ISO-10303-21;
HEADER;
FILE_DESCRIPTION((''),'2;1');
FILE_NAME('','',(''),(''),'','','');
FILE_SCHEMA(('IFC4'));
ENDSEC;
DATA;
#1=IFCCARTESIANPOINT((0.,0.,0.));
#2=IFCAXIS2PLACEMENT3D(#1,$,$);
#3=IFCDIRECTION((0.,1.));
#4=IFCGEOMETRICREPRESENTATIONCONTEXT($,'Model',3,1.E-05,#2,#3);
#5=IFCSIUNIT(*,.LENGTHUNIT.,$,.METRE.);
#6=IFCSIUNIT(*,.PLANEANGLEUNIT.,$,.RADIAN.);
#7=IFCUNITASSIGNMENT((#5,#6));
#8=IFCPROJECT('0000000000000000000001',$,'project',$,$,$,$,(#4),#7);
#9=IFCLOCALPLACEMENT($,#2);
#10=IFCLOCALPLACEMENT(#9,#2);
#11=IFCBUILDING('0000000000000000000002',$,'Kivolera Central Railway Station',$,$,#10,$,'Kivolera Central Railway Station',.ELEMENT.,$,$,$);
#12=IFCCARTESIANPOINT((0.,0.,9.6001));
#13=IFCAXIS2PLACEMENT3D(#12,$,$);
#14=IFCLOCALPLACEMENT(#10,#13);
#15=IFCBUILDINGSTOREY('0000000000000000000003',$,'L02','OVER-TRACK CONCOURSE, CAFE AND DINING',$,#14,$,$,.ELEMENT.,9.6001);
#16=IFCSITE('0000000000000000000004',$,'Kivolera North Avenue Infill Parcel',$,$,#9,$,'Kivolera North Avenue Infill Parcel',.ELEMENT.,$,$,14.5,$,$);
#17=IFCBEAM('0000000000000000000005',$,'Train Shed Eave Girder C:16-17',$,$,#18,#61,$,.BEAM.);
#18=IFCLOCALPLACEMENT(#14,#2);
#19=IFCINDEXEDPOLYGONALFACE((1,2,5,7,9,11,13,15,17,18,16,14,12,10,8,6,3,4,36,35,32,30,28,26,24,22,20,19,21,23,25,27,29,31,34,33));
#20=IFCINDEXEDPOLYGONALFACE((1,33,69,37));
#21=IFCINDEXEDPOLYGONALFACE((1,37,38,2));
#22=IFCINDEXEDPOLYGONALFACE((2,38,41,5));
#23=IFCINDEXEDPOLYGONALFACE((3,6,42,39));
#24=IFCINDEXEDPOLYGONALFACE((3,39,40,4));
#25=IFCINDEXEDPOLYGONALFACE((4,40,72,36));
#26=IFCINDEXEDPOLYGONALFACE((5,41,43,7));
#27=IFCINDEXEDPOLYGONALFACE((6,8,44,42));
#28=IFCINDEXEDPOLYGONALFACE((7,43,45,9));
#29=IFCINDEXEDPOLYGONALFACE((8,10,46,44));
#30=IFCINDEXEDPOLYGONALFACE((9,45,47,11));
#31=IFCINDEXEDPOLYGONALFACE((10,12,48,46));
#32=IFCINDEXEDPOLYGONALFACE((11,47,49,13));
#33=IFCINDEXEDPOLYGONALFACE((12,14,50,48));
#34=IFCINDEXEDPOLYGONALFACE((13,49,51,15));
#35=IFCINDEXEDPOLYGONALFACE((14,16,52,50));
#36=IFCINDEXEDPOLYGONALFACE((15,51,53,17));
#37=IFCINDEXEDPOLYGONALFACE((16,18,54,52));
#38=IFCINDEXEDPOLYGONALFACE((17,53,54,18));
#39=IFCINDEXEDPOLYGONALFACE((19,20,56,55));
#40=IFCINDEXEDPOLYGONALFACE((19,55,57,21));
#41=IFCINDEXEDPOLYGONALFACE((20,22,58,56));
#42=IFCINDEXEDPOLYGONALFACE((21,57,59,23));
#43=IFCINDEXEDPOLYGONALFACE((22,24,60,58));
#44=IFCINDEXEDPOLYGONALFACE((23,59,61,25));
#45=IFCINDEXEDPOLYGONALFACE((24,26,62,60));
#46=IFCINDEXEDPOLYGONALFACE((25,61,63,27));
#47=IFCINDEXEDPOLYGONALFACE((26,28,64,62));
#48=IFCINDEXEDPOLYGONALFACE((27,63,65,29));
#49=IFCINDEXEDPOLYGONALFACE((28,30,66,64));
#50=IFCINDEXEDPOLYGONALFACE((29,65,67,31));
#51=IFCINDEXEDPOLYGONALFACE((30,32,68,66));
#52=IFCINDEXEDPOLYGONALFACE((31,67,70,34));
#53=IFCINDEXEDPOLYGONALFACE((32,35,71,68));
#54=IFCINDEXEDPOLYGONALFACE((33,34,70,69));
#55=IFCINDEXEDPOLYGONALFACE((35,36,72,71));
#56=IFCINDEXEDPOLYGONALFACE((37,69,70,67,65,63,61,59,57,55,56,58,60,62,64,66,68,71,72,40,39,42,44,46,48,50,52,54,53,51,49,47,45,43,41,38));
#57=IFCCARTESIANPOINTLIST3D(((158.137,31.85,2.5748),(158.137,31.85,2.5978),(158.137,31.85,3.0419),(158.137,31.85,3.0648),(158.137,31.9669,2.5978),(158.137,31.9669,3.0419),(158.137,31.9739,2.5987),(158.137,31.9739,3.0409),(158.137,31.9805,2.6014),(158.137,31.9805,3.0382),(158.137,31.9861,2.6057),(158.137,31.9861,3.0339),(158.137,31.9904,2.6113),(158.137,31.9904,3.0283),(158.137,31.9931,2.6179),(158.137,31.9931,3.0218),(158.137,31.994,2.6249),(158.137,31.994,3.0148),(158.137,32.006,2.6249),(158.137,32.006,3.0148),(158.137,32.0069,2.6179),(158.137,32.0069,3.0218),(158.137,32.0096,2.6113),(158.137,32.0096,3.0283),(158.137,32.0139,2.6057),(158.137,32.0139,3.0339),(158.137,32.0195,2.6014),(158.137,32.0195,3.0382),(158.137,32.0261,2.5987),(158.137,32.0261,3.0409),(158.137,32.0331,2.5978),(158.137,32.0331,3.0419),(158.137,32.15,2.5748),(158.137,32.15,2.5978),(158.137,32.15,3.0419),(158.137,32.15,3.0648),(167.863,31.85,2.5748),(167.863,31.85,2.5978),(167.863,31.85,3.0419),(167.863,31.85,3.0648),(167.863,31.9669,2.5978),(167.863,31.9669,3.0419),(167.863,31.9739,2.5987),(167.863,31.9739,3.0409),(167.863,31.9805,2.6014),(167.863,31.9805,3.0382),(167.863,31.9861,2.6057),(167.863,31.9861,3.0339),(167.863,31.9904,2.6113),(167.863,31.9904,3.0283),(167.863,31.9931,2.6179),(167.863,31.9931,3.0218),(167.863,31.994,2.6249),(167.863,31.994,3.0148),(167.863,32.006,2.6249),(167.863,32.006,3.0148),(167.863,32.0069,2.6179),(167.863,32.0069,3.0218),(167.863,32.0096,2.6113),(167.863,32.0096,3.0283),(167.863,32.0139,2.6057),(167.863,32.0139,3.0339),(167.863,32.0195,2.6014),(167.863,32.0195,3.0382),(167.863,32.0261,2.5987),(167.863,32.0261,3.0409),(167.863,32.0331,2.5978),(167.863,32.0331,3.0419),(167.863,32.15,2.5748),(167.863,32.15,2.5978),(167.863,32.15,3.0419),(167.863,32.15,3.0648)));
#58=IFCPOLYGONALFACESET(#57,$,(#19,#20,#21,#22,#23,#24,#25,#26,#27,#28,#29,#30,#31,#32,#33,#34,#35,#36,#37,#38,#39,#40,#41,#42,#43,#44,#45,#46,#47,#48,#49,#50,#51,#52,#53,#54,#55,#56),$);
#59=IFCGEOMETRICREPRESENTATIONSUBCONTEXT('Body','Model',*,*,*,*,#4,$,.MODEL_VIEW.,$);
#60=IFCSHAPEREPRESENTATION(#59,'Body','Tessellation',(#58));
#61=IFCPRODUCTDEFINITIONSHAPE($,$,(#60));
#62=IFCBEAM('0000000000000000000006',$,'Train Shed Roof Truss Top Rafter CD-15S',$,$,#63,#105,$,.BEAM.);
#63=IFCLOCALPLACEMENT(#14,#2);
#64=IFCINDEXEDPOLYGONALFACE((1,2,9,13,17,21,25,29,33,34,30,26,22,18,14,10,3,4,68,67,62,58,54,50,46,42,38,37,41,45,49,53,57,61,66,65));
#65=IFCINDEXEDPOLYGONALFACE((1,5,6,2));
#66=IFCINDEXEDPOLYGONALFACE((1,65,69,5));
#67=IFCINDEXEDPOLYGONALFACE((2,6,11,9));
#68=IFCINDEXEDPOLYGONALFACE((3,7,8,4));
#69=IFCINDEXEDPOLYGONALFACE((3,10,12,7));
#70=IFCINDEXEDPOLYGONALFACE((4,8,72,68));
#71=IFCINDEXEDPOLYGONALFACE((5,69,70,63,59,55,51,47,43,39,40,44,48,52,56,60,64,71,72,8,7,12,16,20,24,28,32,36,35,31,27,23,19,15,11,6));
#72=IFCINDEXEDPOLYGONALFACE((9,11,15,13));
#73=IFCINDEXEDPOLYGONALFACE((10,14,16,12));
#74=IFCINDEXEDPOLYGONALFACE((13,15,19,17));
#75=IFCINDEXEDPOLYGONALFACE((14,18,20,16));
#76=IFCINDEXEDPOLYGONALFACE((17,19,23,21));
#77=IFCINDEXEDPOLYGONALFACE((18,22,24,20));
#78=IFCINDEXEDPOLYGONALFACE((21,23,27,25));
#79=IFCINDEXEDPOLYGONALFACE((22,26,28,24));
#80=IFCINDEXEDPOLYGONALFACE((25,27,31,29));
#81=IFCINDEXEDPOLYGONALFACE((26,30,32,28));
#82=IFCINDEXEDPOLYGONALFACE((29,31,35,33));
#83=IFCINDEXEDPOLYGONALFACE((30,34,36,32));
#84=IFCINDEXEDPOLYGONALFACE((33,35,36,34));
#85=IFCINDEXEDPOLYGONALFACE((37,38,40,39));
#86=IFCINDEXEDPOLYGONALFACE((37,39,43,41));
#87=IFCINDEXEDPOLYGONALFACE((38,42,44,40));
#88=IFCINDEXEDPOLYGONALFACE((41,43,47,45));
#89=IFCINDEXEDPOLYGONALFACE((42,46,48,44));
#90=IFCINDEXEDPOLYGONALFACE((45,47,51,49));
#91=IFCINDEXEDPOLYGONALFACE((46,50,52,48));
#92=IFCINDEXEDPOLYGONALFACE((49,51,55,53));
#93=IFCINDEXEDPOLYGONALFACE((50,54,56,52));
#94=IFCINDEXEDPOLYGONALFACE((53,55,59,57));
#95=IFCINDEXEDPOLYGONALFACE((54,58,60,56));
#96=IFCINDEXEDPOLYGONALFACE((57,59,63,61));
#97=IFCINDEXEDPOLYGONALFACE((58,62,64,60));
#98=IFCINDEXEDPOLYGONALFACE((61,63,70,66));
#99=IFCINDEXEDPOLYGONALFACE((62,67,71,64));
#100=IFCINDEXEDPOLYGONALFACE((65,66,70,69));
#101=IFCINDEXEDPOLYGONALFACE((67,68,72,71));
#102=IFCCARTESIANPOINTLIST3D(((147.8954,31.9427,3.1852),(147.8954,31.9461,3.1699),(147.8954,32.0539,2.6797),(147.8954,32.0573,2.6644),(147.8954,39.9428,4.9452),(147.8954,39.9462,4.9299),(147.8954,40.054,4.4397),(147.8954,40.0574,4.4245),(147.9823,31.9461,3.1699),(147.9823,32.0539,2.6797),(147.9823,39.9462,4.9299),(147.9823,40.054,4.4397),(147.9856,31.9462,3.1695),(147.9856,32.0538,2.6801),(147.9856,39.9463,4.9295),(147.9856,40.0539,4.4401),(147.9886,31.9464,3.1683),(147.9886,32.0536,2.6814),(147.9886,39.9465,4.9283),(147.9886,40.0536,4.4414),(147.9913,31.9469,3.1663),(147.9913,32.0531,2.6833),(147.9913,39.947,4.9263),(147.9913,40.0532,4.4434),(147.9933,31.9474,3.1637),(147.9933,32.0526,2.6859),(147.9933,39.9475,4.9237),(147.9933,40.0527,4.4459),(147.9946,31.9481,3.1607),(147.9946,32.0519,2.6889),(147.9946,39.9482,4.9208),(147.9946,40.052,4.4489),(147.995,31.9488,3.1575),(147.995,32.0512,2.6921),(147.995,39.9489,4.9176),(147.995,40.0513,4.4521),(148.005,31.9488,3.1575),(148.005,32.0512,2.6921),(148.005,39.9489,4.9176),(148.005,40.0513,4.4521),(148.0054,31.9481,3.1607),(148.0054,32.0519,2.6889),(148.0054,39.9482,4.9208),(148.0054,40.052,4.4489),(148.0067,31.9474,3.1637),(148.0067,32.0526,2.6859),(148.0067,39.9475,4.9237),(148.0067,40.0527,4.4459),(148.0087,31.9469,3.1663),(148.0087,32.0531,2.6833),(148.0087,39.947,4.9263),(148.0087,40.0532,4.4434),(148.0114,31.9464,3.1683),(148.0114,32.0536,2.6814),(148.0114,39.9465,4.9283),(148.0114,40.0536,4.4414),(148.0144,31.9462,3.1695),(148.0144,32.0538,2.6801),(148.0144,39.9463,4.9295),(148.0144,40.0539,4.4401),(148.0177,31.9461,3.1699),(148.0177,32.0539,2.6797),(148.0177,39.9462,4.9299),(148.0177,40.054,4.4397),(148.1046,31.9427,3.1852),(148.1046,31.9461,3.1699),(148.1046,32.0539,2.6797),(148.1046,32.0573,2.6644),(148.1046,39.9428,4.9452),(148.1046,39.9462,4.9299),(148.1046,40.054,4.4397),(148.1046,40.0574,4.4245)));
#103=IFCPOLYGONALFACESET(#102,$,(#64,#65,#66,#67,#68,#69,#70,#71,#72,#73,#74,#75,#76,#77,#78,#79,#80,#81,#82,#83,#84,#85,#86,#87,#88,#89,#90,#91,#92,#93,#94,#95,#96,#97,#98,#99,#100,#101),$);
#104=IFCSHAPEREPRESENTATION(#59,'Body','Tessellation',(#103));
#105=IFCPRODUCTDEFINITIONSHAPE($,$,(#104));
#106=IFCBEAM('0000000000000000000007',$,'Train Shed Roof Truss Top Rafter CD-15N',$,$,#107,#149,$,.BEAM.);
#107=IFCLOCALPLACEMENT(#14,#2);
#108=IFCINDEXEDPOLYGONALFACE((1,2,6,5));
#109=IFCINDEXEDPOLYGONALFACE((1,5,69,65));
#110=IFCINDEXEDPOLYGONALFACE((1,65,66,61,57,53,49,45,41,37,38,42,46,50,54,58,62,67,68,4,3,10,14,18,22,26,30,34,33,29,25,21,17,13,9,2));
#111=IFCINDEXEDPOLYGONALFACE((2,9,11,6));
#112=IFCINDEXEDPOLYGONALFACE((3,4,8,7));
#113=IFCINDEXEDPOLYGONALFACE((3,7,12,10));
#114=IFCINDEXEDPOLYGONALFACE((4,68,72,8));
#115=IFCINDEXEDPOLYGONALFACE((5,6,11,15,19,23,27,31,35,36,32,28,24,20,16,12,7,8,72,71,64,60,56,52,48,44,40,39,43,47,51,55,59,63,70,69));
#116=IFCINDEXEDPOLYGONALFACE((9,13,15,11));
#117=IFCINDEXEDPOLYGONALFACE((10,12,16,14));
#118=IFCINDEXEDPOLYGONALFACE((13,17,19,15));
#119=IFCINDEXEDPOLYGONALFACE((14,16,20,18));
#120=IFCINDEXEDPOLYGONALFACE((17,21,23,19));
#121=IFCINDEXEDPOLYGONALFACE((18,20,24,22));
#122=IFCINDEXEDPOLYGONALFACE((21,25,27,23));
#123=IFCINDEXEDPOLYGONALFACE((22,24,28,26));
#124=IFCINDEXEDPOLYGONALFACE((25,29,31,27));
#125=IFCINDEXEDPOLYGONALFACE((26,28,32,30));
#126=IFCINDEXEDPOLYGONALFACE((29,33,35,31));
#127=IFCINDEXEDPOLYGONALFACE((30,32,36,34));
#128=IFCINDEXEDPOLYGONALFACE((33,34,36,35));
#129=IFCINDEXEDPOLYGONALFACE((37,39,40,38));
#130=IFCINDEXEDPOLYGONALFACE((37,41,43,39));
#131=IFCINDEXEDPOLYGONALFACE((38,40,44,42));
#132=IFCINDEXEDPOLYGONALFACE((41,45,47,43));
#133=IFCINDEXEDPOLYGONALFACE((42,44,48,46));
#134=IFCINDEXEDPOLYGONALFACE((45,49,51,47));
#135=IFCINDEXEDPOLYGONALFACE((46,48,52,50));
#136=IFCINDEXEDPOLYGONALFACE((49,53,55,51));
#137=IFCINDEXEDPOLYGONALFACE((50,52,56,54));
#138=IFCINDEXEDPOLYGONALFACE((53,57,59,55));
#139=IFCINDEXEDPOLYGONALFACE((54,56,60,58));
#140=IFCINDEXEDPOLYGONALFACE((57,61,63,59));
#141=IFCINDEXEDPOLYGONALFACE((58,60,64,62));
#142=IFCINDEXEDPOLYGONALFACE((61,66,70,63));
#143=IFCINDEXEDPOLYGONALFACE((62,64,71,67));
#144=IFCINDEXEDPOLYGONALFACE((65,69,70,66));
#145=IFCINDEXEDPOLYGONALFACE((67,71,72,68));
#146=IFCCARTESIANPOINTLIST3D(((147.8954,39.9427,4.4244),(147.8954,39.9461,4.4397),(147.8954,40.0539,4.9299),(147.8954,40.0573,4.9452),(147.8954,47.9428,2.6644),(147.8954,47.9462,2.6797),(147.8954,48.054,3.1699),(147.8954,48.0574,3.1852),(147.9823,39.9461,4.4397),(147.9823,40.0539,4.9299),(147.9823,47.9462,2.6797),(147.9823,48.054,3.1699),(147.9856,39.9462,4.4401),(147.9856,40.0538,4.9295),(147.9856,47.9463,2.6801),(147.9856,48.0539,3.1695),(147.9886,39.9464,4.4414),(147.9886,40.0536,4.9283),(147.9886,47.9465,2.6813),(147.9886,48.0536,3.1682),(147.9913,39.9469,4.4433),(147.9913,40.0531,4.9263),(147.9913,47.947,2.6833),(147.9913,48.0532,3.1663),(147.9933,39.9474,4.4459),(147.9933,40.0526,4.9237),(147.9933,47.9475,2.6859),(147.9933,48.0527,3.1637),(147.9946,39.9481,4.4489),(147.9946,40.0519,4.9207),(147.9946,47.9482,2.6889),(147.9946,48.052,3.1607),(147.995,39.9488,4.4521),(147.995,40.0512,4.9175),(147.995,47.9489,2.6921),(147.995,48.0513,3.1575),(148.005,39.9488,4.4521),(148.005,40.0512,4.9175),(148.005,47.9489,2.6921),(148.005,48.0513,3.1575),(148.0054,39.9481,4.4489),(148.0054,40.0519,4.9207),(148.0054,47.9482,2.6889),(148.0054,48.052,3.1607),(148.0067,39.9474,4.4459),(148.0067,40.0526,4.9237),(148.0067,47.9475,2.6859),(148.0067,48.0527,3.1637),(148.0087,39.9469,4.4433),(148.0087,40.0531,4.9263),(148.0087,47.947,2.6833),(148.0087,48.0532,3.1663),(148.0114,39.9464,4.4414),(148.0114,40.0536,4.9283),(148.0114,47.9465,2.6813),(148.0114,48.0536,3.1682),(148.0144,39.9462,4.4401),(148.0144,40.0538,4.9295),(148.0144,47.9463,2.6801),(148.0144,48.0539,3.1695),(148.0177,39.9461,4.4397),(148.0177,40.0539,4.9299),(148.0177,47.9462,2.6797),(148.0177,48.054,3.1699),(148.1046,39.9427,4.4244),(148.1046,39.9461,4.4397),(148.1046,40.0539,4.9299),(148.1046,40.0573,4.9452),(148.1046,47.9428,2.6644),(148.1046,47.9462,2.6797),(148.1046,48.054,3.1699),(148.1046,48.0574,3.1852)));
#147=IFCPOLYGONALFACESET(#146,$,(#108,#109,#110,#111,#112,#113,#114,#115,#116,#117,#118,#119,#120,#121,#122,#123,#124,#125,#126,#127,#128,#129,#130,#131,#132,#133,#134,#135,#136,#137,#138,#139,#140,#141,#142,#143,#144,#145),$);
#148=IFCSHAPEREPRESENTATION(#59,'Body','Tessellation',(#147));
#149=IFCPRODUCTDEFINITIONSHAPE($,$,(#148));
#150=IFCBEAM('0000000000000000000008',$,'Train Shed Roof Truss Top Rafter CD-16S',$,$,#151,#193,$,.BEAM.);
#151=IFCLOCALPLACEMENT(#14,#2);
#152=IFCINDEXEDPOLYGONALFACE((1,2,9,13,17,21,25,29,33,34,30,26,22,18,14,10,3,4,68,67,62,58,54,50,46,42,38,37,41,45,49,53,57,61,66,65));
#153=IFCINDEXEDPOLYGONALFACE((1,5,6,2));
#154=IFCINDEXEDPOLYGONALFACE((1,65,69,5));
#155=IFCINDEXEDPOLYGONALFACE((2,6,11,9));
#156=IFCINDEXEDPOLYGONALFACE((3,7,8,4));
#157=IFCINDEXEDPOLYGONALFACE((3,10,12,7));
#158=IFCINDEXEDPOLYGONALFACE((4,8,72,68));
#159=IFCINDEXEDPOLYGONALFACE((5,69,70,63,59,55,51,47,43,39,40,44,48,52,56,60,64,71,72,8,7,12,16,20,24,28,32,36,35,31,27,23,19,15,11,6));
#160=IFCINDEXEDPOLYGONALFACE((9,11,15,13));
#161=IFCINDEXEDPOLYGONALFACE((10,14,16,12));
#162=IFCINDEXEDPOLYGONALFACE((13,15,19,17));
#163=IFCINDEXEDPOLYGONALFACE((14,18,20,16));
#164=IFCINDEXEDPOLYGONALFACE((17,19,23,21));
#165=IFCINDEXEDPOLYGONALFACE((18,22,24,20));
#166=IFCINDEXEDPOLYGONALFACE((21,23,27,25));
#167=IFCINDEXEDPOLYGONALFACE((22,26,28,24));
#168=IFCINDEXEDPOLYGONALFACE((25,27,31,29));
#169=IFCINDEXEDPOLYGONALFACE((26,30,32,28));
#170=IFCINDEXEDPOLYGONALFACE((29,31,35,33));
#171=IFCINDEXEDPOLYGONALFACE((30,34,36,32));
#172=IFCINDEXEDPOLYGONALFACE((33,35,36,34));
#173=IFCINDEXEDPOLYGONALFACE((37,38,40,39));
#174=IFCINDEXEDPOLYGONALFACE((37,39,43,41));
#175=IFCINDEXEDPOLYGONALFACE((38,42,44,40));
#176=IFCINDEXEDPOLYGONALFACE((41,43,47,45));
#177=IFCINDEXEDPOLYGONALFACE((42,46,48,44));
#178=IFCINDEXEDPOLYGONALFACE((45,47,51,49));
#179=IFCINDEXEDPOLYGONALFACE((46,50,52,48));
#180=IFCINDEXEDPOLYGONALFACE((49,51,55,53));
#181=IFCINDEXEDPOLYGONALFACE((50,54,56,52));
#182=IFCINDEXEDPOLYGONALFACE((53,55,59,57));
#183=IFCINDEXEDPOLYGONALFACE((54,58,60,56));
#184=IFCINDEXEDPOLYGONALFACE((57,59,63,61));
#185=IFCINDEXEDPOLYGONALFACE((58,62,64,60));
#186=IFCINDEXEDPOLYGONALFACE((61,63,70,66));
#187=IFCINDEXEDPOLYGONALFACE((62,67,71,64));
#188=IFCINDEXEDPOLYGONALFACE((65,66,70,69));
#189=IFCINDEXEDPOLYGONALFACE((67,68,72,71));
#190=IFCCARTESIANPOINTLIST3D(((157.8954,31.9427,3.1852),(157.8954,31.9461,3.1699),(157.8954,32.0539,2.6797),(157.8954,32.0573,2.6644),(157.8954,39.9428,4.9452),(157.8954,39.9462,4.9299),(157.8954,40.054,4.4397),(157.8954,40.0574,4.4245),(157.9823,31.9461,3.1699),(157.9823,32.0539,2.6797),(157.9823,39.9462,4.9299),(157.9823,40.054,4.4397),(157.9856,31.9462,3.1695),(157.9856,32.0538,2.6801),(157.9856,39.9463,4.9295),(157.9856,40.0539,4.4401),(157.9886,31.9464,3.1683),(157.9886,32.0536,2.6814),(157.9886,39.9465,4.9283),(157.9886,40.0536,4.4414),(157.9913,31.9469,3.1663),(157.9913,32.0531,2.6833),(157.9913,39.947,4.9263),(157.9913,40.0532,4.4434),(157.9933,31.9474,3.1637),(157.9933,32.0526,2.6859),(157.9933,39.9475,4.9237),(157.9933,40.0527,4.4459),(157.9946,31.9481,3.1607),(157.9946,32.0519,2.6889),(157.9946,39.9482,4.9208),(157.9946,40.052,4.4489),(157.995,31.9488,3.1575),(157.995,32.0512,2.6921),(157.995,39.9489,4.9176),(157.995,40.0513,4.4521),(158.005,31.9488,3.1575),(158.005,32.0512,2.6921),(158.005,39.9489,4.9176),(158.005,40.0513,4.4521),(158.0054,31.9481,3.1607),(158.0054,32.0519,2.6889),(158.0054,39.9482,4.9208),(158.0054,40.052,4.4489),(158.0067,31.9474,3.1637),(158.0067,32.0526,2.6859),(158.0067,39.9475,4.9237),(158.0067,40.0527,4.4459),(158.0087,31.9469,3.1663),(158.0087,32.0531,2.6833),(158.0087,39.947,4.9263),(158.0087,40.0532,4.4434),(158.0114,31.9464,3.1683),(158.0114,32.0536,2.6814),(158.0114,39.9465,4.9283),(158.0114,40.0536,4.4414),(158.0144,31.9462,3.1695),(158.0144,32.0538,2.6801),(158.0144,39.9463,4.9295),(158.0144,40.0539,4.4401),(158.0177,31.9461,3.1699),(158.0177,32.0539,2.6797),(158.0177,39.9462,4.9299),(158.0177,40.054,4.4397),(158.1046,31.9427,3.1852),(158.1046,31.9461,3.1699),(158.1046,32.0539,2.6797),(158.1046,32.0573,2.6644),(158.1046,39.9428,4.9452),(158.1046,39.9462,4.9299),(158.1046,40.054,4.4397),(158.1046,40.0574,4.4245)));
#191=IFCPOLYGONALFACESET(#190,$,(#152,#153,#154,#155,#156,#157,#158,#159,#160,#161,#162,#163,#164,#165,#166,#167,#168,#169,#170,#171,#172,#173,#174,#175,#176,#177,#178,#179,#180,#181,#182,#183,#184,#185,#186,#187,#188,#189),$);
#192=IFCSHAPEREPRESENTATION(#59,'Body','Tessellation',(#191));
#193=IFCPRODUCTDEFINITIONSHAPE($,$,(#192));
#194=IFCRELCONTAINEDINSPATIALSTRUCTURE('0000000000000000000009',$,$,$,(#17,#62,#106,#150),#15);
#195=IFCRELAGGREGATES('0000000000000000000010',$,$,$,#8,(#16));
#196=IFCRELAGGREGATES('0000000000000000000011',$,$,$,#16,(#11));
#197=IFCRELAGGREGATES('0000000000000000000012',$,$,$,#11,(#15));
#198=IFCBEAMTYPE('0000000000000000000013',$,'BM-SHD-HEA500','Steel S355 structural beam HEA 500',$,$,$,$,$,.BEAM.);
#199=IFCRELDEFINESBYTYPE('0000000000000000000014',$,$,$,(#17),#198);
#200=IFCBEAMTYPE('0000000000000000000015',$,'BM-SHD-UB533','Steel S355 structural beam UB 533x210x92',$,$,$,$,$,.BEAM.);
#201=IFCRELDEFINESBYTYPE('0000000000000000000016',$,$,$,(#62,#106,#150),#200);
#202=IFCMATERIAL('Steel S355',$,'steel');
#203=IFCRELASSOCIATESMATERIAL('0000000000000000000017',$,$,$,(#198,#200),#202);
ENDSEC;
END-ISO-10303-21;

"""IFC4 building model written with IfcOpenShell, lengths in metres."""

from ifc_helpers import new_model, si_unit, direction, frame, origin, origin_2d, place, context, subcontext, project, spatial, i_section, extrude, material, material_profile, profile_set, type_object, element, save


model = new_model("IFC4")

# Units and contexts
model_context = context("Model", 3, precision=1e-05, world=origin(), true_north=direction((0.0, 1.0)))
body_context = subcontext(model_context, "Body", "Model", "MODEL_VIEW")
ifc_project = project(units=[si_unit("LENGTHUNIT", "METRE"), si_unit("PLANEANGLEUNIT", "RADIAN")], contexts=[model_context])

# Site, building, storey
site_placement = place(None, origin())
site = spatial("IfcSite", under=ifc_project, at=site_placement, Name="Kivolera North Avenue Infill Parcel", LongName="Kivolera North Avenue Infill Parcel", CompositionType="ELEMENT", RefElevation=14.5)
building_placement = place(site_placement, origin())
building = spatial("IfcBuilding", under=site, at=building_placement, Name="Kivolera Central Railway Station", LongName="Kivolera Central Railway Station", CompositionType="ELEMENT")
storey_placement = place(building_placement, frame((0.0, 0.0, 9.6001)))
storey = spatial("IfcBuildingStorey", under=building, at=storey_placement, Name="L02", Description="OVER-TRACK CONCOURSE, CAFE AND DINING", CompositionType="ELEMENT", Elevation=9.6001)

# Shared definitions
ifc_material_1 = material(Name="Steel S355", Category="steel")

# Beams
ifc_material_profile_1 = material_profile(ifc_material_1, i_section(OverallWidth=0.3, OverallDepth=0.49, WebThickness=0.012, FlangeThickness=0.0229, FilletRadius=0.0271, at=origin_2d()), Name="HEA 500")
ifc_profile_set_1 = profile_set([ifc_material_profile_1], Name="Steel S355")
beam_type_1 = type_object("IfcBeamType", Name="BM-SHD-HEA500", Description="Steel S355 structural beam HEA 500", PredefinedType="BEAM", material=ifc_profile_set_1)
for number, where, z_axis, x_axis, name in (
    (1, (158.137, 32.0, 2.8198), (1.0, 0.0, 0.0), (0.0, 1.0, 0.0), "Train Shed Eave Girder C:16-17"),
):
    element("IfcBeam", number, at=place(storey_placement, frame(where, z_axis=z_axis, x_axis=x_axis)), inside=storey, type_object=beam_type_1, Name=name, PredefinedType="BEAM", context=body_context, shape_type="SweptSolid", body=[
        extrude(i_section(OverallWidth=0.3, OverallDepth=0.49, WebThickness=0.012, FlangeThickness=0.0229, FilletRadius=0.0271, at=origin_2d()), origin(), (0.0, 0.0, 1.0), 9.7261),
    ])
ifc_material_profile_2 = material_profile(ifc_material_1, i_section(OverallWidth=0.2092, OverallDepth=0.5332, WebThickness=0.01, FlangeThickness=0.0156, FilletRadius=0.0127, at=origin_2d()), Name="UB 533x210x92")
ifc_profile_set_2 = profile_set([ifc_material_profile_2], Name="Steel S355")
beam_type_2 = type_object("IfcBeamType", Name="BM-SHD-UB533", Description="Steel S355 structural beam UB 533x210x92", PredefinedType="BEAM", material=ifc_profile_set_2)
for number, where, z_axis, x_axis, name in (
    (2, (148.0, 32.0, 2.9248), (0.0, 0.976644, 0.214863), (-1.0, 0.0, 0.0), "Train Shed Roof Truss Top Rafter CD-15S"),
    (3, (148.0, 40.0, 4.6848), (0.0, 0.976644, -0.214863), (-1.0, 0.0, 0.0), "Train Shed Roof Truss Top Rafter CD-15N"),
    (4, (158.0, 32.0, 2.9248), (0.0, 0.976644, 0.214863), (-1.0, 0.0, 0.0), "Train Shed Roof Truss Top Rafter CD-16S"),
):
    element("IfcBeam", number, at=place(storey_placement, frame(where, z_axis=z_axis, x_axis=x_axis)), inside=storey, type_object=beam_type_2, Name=name, PredefinedType="BEAM", context=body_context, shape_type="SweptSolid", body=[
        extrude(i_section(OverallWidth=0.2092, OverallDepth=0.5332, WebThickness=0.01, FlangeThickness=0.0156, FilletRadius=0.0127, at=origin_2d()), origin(), (0.0, 0.0, 1.0), 8.1914),
    ])

save(model, "model.ifc")
